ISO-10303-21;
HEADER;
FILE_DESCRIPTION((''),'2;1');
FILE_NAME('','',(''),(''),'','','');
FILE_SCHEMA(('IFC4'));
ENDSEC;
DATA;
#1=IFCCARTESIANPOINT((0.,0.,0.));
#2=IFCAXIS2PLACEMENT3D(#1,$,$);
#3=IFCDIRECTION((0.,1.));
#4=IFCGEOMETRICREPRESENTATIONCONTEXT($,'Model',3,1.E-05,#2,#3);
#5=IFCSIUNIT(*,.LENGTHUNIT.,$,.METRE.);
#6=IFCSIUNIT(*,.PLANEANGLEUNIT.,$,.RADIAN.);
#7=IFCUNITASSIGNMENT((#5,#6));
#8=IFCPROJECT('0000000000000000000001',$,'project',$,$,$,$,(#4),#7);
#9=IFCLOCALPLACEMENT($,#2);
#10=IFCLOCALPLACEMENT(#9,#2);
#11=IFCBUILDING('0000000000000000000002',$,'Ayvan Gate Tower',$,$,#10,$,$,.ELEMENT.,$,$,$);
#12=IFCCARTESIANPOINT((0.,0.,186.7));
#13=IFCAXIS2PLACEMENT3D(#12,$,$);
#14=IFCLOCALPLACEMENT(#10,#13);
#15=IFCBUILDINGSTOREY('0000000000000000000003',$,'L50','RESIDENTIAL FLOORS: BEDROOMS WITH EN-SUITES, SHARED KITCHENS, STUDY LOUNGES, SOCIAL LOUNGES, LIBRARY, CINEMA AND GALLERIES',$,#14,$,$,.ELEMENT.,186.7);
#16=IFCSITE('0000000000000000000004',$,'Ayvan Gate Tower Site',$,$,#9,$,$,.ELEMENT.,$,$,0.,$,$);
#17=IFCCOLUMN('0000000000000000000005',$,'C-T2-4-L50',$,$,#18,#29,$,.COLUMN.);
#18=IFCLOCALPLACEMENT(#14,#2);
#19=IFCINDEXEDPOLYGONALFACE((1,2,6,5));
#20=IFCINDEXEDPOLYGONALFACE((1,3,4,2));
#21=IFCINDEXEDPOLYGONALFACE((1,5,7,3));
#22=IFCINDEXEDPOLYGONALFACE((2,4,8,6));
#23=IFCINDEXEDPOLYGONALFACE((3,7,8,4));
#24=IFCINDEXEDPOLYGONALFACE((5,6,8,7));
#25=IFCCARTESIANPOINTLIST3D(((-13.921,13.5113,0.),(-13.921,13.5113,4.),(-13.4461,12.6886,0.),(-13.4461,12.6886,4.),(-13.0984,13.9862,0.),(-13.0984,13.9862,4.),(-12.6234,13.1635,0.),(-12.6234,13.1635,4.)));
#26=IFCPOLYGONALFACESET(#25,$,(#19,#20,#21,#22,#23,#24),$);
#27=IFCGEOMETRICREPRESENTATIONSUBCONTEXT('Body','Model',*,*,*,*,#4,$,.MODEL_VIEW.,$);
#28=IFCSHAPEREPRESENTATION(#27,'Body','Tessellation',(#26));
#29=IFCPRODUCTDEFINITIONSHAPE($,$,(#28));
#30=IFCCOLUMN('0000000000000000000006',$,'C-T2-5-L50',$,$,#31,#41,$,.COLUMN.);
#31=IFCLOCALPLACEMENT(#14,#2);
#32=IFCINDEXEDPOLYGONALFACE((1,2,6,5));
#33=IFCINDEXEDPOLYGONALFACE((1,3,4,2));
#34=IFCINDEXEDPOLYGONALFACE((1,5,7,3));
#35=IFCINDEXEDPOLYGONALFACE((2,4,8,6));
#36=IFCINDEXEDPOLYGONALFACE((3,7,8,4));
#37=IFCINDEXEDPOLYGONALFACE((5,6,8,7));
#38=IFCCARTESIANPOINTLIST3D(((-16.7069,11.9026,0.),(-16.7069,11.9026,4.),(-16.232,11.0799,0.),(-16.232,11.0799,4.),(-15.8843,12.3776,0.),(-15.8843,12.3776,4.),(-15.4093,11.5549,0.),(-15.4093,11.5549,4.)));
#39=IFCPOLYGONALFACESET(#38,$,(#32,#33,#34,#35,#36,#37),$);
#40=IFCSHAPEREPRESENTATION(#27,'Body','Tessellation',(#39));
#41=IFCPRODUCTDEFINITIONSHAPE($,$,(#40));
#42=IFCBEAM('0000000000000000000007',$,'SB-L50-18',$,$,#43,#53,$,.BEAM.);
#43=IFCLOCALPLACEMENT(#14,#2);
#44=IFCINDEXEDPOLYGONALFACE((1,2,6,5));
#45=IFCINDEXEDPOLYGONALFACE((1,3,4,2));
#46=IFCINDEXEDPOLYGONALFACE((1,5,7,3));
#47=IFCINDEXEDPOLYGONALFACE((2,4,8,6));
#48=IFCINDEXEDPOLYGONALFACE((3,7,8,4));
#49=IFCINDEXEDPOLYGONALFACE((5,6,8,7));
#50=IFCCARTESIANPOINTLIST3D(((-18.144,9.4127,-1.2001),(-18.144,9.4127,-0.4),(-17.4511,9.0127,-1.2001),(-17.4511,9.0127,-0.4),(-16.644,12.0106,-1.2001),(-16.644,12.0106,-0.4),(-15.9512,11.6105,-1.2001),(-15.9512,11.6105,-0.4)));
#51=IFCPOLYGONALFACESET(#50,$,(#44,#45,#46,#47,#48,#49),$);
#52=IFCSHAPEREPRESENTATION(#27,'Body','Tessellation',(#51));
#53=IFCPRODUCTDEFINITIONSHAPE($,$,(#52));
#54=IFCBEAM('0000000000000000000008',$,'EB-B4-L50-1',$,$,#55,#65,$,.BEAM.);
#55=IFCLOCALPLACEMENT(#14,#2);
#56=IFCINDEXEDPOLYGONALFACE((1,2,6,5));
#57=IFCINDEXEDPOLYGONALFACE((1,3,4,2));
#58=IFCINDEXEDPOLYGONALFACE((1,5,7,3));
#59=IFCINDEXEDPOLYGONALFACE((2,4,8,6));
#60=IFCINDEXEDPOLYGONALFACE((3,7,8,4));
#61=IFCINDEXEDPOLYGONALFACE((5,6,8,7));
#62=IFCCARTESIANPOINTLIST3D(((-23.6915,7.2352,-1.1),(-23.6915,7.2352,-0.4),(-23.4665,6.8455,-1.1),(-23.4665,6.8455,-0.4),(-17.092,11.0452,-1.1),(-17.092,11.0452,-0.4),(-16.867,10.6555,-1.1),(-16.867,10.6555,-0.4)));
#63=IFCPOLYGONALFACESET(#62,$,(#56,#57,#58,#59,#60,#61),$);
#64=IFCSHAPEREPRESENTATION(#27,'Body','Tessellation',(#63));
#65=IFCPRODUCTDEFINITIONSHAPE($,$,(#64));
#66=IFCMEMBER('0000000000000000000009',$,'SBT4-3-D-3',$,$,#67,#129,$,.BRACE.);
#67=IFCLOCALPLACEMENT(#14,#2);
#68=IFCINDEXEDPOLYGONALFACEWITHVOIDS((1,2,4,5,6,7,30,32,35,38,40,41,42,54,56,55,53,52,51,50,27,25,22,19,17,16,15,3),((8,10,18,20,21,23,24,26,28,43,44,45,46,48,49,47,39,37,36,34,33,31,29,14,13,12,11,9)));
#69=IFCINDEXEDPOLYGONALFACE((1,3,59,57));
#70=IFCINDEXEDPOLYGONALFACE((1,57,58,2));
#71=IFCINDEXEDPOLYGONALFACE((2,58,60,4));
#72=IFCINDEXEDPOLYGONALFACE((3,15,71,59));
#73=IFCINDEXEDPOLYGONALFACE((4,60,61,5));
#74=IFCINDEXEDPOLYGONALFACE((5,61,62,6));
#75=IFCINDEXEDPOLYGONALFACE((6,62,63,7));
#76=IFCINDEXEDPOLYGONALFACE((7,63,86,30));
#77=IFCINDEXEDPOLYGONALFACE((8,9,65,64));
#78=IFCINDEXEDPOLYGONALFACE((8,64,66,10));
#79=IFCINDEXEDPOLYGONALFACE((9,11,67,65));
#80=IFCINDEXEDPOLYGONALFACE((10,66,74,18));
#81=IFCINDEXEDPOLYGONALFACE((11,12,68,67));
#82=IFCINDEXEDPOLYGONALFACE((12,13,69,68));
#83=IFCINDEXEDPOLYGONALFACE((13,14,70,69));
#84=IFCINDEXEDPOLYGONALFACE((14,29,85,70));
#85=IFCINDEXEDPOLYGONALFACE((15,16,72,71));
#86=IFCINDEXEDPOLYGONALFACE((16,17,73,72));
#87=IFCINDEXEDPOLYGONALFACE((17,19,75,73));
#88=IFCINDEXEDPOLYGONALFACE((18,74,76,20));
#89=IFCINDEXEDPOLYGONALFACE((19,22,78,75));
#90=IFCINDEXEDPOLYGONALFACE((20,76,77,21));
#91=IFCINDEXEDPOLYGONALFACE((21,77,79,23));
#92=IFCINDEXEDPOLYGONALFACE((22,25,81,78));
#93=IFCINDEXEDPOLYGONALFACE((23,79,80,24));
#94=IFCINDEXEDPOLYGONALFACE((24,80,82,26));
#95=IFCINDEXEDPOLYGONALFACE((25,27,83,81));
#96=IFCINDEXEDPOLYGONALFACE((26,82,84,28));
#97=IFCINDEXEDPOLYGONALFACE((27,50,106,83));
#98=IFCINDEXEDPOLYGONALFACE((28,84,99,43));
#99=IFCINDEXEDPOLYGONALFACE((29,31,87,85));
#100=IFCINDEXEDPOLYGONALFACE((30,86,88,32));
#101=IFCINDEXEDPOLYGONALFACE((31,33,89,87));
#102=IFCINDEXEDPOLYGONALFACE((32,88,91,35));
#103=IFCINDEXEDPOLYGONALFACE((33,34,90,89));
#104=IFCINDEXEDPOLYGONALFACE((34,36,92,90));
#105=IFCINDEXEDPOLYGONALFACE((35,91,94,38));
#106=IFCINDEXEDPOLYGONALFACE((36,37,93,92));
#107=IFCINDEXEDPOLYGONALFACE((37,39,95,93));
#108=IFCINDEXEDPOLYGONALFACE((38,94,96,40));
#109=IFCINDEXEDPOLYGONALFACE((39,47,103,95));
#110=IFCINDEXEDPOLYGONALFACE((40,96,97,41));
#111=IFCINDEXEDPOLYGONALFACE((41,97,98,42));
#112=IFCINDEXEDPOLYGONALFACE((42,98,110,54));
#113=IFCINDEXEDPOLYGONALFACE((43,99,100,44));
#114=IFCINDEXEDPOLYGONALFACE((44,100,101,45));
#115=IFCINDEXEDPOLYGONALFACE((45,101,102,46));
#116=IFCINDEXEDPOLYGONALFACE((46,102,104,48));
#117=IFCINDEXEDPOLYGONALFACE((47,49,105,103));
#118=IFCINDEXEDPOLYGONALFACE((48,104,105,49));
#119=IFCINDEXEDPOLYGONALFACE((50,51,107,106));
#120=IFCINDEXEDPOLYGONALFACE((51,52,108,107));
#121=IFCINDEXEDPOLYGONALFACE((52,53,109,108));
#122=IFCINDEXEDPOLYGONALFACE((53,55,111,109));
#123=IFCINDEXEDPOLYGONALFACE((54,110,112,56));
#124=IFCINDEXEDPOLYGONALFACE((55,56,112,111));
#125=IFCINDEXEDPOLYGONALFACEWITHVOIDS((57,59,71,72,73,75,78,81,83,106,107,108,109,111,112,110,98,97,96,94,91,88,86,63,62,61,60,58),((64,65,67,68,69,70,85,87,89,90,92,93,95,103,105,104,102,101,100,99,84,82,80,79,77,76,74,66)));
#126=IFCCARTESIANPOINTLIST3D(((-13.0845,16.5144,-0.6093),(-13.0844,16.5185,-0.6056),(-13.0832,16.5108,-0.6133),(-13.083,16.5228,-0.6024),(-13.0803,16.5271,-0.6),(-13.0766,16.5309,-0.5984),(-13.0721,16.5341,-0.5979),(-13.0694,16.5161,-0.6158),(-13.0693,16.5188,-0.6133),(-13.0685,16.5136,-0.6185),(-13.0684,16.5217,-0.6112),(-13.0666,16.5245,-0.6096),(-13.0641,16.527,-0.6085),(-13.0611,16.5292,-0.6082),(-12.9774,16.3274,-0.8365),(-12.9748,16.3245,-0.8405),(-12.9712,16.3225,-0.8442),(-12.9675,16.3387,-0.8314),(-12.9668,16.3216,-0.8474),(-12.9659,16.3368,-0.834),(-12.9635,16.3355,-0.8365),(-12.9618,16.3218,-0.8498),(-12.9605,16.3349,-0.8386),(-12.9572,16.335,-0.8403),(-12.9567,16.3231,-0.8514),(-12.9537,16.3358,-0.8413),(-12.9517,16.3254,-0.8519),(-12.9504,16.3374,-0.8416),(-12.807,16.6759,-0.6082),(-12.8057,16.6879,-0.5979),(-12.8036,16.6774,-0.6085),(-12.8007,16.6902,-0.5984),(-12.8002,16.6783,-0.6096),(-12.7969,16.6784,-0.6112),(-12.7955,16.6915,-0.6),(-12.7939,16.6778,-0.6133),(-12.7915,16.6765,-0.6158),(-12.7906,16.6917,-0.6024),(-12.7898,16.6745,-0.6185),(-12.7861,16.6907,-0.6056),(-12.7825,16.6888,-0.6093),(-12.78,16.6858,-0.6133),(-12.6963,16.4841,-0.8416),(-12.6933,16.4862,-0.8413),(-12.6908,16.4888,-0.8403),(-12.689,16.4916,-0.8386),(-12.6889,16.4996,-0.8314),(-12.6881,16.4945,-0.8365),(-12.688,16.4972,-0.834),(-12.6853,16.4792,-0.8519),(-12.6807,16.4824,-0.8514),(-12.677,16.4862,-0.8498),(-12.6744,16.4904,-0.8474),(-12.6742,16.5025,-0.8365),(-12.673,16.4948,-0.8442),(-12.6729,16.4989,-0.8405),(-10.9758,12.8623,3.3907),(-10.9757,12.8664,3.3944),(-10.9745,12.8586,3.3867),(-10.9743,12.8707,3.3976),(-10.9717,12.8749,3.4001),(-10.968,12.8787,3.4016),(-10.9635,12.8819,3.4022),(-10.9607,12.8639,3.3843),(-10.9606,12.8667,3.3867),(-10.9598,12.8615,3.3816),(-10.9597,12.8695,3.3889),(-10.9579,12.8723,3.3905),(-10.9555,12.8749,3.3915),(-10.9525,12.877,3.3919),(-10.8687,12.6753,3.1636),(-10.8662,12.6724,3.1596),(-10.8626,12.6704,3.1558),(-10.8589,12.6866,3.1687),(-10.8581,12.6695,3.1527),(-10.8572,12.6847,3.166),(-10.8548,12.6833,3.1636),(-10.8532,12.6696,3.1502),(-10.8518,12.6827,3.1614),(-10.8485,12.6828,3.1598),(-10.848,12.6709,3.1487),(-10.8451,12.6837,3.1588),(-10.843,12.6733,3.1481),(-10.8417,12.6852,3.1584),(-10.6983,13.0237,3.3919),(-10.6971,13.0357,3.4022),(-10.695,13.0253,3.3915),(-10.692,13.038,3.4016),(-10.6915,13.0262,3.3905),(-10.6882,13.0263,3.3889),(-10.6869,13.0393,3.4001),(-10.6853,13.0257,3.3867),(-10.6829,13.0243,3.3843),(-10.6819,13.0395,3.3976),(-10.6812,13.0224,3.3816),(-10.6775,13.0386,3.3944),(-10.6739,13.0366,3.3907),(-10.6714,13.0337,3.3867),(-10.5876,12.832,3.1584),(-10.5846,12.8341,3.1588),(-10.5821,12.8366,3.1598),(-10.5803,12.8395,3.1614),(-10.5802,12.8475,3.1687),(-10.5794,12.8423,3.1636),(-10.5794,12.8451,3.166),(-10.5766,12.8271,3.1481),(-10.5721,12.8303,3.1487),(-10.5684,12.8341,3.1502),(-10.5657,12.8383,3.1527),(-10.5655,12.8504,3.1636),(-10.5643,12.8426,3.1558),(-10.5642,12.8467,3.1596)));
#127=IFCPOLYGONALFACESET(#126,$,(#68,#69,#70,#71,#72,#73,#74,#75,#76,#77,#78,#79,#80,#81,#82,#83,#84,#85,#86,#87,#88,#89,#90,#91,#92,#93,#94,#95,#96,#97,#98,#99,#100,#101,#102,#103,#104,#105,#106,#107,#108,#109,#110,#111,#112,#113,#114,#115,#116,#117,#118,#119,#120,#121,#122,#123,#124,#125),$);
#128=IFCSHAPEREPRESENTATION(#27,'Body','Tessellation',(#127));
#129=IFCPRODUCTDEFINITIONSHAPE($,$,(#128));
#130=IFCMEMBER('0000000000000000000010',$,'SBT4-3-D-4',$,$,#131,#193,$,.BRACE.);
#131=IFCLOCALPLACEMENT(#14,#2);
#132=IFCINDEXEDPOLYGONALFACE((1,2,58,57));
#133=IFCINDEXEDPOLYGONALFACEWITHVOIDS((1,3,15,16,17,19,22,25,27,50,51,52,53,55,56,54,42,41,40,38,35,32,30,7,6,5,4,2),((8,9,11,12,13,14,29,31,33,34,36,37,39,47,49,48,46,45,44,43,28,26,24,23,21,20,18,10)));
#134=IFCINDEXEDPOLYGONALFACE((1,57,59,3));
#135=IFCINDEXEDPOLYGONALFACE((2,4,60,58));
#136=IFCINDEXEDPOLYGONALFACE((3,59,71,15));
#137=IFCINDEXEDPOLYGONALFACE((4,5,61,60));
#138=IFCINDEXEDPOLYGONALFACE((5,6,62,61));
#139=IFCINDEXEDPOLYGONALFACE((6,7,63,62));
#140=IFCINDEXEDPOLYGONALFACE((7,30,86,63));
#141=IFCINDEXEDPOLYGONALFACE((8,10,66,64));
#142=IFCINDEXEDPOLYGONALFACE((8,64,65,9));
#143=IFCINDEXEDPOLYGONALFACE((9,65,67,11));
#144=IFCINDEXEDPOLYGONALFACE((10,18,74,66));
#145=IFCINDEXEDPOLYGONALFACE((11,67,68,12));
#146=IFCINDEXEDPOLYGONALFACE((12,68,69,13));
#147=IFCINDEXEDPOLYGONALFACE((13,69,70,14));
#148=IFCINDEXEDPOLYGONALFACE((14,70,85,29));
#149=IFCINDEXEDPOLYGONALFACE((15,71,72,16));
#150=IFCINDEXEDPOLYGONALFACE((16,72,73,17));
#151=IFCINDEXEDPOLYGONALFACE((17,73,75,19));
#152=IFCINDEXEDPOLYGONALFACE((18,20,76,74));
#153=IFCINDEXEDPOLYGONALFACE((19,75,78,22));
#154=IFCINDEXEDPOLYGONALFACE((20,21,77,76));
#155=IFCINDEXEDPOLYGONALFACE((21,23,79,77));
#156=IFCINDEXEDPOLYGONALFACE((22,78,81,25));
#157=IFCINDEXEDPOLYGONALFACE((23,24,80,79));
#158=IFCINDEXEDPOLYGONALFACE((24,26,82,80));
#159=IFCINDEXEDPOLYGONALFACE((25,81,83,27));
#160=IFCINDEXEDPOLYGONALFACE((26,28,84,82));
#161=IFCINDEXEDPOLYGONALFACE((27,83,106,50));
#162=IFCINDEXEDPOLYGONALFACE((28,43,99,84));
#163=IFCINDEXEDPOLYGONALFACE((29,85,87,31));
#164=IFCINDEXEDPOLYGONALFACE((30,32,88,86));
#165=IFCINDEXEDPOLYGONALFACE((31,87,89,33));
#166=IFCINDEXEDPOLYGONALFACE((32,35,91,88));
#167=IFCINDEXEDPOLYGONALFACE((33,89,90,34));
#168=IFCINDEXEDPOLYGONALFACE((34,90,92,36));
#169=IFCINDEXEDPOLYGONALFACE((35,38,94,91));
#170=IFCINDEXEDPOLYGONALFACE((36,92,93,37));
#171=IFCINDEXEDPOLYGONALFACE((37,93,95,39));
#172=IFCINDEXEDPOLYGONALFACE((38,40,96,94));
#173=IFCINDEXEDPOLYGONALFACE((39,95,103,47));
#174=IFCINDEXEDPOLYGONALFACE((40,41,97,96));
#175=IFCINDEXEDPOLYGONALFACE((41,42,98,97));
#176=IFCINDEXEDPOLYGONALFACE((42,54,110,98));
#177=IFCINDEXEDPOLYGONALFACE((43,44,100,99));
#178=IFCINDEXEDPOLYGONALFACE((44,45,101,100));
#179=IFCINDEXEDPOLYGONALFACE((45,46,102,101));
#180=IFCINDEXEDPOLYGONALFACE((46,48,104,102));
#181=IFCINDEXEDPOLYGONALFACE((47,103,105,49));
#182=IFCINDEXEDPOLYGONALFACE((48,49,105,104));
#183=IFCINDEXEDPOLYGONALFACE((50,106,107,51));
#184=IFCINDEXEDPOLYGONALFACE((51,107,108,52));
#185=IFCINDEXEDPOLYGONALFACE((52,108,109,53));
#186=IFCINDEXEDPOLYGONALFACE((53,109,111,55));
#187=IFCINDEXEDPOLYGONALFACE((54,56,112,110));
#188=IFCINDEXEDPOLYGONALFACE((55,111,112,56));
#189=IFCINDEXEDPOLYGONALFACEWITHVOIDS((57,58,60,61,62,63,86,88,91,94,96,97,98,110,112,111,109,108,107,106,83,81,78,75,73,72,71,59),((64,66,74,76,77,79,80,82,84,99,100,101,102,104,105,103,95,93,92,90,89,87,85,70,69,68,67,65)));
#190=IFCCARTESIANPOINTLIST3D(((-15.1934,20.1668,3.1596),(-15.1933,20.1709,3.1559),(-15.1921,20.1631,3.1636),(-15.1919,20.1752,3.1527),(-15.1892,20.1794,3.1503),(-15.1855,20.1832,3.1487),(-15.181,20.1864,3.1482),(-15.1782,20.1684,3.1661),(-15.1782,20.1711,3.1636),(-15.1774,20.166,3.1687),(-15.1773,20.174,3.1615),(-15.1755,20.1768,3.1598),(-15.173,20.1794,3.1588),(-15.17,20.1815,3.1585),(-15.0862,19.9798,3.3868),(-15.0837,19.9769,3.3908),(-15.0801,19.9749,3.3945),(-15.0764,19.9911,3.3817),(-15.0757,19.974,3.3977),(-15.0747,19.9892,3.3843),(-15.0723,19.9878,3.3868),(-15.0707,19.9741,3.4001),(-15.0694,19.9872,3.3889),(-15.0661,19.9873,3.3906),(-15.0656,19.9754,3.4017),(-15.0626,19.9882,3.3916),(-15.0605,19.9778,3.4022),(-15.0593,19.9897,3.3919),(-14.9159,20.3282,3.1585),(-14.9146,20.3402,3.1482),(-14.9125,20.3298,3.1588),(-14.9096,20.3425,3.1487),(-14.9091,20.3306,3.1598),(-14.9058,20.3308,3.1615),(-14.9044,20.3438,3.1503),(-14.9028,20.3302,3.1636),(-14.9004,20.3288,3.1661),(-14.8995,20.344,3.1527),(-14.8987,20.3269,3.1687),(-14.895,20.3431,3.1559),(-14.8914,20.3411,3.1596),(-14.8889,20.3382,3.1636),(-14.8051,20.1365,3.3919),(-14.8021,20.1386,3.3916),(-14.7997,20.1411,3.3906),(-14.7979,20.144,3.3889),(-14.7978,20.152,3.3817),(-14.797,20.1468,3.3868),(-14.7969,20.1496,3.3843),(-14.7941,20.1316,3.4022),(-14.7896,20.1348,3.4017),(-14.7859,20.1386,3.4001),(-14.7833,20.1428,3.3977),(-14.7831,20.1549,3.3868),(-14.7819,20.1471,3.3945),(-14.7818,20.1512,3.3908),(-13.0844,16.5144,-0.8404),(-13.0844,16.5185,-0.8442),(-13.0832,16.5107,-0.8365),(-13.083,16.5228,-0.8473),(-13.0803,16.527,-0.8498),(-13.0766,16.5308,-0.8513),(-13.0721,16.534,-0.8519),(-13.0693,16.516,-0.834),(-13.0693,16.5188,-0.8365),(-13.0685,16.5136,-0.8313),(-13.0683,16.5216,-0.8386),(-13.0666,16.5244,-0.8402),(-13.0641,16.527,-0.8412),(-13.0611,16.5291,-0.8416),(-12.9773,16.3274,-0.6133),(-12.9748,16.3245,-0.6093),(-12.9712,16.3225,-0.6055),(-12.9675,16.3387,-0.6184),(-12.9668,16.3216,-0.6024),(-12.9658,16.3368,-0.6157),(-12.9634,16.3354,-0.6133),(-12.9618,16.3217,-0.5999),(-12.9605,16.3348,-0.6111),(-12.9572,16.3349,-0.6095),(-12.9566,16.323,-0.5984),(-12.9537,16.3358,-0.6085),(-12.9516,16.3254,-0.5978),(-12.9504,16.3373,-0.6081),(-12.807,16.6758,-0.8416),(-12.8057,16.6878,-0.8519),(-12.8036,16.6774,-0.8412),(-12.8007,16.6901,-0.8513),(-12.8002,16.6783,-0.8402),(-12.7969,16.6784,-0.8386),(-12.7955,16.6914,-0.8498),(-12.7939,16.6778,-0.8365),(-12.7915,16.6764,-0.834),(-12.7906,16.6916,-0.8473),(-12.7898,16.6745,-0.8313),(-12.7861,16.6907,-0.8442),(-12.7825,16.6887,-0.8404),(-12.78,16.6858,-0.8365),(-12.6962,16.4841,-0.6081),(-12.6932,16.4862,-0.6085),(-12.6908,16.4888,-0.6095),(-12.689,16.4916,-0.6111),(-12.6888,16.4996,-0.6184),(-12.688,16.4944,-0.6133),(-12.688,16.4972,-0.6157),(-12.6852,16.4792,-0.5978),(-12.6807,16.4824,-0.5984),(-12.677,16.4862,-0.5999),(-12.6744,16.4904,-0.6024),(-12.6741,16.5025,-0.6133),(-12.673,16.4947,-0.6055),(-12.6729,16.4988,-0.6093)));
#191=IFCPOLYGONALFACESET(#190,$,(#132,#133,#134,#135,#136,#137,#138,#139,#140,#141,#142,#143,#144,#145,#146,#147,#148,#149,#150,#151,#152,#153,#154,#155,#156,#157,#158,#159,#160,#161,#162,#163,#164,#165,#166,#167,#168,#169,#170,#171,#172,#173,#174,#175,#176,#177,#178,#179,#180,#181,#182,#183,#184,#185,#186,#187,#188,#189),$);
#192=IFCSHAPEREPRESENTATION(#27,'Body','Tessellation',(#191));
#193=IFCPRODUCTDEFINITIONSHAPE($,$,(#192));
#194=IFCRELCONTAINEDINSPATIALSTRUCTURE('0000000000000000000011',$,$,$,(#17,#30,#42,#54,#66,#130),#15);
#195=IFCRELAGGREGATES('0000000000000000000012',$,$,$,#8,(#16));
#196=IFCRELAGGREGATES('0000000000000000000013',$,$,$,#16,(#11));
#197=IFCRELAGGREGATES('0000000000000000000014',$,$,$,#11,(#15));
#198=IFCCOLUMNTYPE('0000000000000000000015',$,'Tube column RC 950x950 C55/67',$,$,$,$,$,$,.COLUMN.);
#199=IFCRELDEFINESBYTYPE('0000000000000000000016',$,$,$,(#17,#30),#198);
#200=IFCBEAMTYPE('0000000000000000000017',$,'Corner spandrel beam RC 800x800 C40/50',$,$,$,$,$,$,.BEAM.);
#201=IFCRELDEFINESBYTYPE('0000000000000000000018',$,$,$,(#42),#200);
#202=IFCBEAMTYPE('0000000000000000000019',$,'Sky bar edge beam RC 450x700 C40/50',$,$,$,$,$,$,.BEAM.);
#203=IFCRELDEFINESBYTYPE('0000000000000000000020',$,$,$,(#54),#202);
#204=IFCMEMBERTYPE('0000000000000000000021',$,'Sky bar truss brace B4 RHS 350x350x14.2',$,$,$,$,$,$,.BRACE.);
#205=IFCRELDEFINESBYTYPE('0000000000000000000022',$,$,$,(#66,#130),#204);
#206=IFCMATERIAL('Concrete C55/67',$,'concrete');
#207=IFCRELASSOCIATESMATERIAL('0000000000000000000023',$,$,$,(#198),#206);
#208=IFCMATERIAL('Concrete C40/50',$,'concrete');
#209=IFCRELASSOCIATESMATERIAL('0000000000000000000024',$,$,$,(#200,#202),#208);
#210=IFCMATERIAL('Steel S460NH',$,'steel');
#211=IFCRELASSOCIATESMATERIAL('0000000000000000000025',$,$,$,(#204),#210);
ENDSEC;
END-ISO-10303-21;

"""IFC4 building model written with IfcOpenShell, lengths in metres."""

from ifc_helpers import new_model, si_unit, direction, frame, origin, origin_2d, place, context, subcontext, project, spatial, rectangle, hollow_rectangle, extrude, material, material_profile, profile_set, type_object, element, save


model = new_model("IFC4")

# Units and contexts
model_context = context("Model", 3, precision=1e-05, world=origin(), true_north=direction((0.0, 1.0)))
body_context = subcontext(model_context, "Body", "Model", "MODEL_VIEW")
ifc_project = project(units=[si_unit("LENGTHUNIT", "METRE"), si_unit("PLANEANGLEUNIT", "RADIAN")], contexts=[model_context])

# Site, building, storey
site_placement = place(None, origin())
site = spatial("IfcSite", under=ifc_project, at=site_placement, Name="Ayvan Gate Tower Site", CompositionType="ELEMENT", RefElevation=0.0)
building_placement = place(site_placement, origin())
building = spatial("IfcBuilding", under=site, at=building_placement, Name="Ayvan Gate Tower", CompositionType="ELEMENT")
storey_placement = place(building_placement, frame((0.0, 0.0, 186.7)))
storey = spatial("IfcBuildingStorey", under=building, at=storey_placement, Name="L50", Description="RESIDENTIAL FLOORS: BEDROOMS WITH EN-SUITES, SHARED KITCHENS, STUDY LOUNGES, SOCIAL LOUNGES, LIBRARY, CINEMA AND GALLERIES", CompositionType="ELEMENT", Elevation=186.7)

# Columns
ifc_material_1 = material(Name="Concrete C55/67", Category="concrete")
ifc_material_profile_1 = material_profile(ifc_material_1, rectangle(XDim=0.95, YDim=0.95, at=origin_2d()), Name="RC 950x950")
ifc_profile_set_1 = profile_set([ifc_material_profile_1], Name="Concrete C55/67")
column_type = type_object("IfcColumnType", Name="Tube column RC 950x950 C55/67", PredefinedType="COLUMN", material=ifc_profile_set_1)
for number, where, z_axis, x_axis, name in (
    (1, (-13.2722, 13.3374, 0.0), (0.0, 0.0, 1.0), (-0.5, 0.866025, 0.0), "C-T2-4-L50"),
    (2, (-16.0581, 11.7288, 0.0), (0.0, 0.0, 1.0), (-0.5, 0.866025, 0.0), "C-T2-5-L50"),
):
    element("IfcColumn", number, at=place(storey_placement, frame(where, z_axis=z_axis, x_axis=x_axis)), inside=storey, type_object=column_type, Name=name, PredefinedType="COLUMN", context=body_context, shape_type="SweptSolid", body=[
        extrude(rectangle(XDim=0.95, YDim=0.95, at=origin_2d()), origin(), (0.0, 0.0, 1.0), 4.0),
    ])

# Beams
ifc_material_2 = material(Name="Concrete C40/50", Category="concrete")
ifc_material_profile_2 = material_profile(ifc_material_2, rectangle(XDim=0.8, YDim=0.8, at=origin_2d()), Name="RC 800x800")
ifc_profile_set_2 = profile_set([ifc_material_profile_2], Name="Concrete C40/50")
beam_type_1 = type_object("IfcBeamType", Name="Corner spandrel beam RC 800x800 C40/50", PredefinedType="BEAM", material=ifc_profile_set_2)
beam_1_placement = place(storey_placement, frame((-16.2976, 11.8105, -0.8), z_axis=(-0.500025, -0.866011, 0.0), x_axis=(0.866011, -0.500025, 0.0)))
element("IfcBeam", 3, at=beam_1_placement, inside=storey, type_object=beam_type_1, Name="SB-L50-18", PredefinedType="BEAM", context=body_context, shape_type="SweptSolid", body=[
    extrude(rectangle(XDim=0.8, YDim=0.8, at=origin_2d()), origin(), (0.0, 0.0, 1.0), 2.9998),
])
ifc_material_profile_3 = material_profile(ifc_material_2, rectangle(XDim=0.45, YDim=0.7, at=origin_2d()), Name="RC 450x700")
ifc_profile_set_3 = profile_set([ifc_material_profile_3], Name="Concrete C40/50")
beam_type_2 = type_object("IfcBeamType", Name="Sky bar edge beam RC 450x700 C40/50", PredefinedType="BEAM", material=ifc_profile_set_3)
beam_2_placement = place(storey_placement, frame((-16.9795, 10.8503, -0.75), z_axis=(-0.866038, -0.499978, 0.0), x_axis=(0.499978, -0.866038, 0.0)))
element("IfcBeam", 4, at=beam_2_placement, inside=storey, type_object=beam_type_2, Name="EB-B4-L50-1", PredefinedType="BEAM", context=body_context, shape_type="SweptSolid", body=[
    extrude(rectangle(XDim=0.45, YDim=0.7, at=origin_2d()), origin(), (0.0, 0.0, 1.0), 7.6204),
])

# Members
ifc_material_3 = material(Name="Steel S460NH", Category="steel")
ifc_material_profile_4 = material_profile(ifc_material_3, hollow_rectangle(XDim=0.3501, YDim=0.3501, WallThickness=0.0142, InnerFilletRadius=0.0142, OuterFilletRadius=0.0212, at=origin_2d()), Name="RHS 350x350x14.2")
ifc_profile_set_4 = profile_set([ifc_material_profile_4], Name="Steel S460NH")
member_type_1 = type_object("IfcMemberType", Name="Sky bar truss brace B4 RHS 350x350x14.2", PredefinedType="BRACE", material=ifc_profile_set_4)
member_1_placement = place(storey_placement, frame((-10.77, 12.8545, 3.2751), z_axis=(-0.362782, 0.628327, -0.688182), x_axis=(-0.866015, -0.500018, 0.0)))
element("IfcMember", 5, at=member_1_placement, inside=storey, type_object=member_type_1, Name="SBT4-3-D-3", PredefinedType="BRACE", context=body_context, shape_type="SweptSolid", body=[
    extrude(hollow_rectangle(XDim=0.3501, YDim=0.3501, WallThickness=0.0142, InnerFilletRadius=0.0142, OuterFilletRadius=0.0212, at=origin_2d()), origin(), (0.0, 0.0, 1.0), 5.8125),
])
member_2_placement = place(storey_placement, frame((-12.8787, 16.5066, -0.7249), z_axis=(-0.362809, 0.628343, 0.688153), x_axis=(-0.866004, -0.500036, 0.0)))
element("IfcMember", 6, at=member_2_placement, inside=storey, type_object=member_type_1, Name="SBT4-3-D-4", PredefinedType="BRACE", context=body_context, shape_type="SweptSolid", body=[
    extrude(hollow_rectangle(XDim=0.3501, YDim=0.3501, WallThickness=0.0142, InnerFilletRadius=0.0142, OuterFilletRadius=0.0212, at=origin_2d()), origin(), (0.0, 0.0, 1.0), 5.8127),
])

save(model, "model.ifc")
